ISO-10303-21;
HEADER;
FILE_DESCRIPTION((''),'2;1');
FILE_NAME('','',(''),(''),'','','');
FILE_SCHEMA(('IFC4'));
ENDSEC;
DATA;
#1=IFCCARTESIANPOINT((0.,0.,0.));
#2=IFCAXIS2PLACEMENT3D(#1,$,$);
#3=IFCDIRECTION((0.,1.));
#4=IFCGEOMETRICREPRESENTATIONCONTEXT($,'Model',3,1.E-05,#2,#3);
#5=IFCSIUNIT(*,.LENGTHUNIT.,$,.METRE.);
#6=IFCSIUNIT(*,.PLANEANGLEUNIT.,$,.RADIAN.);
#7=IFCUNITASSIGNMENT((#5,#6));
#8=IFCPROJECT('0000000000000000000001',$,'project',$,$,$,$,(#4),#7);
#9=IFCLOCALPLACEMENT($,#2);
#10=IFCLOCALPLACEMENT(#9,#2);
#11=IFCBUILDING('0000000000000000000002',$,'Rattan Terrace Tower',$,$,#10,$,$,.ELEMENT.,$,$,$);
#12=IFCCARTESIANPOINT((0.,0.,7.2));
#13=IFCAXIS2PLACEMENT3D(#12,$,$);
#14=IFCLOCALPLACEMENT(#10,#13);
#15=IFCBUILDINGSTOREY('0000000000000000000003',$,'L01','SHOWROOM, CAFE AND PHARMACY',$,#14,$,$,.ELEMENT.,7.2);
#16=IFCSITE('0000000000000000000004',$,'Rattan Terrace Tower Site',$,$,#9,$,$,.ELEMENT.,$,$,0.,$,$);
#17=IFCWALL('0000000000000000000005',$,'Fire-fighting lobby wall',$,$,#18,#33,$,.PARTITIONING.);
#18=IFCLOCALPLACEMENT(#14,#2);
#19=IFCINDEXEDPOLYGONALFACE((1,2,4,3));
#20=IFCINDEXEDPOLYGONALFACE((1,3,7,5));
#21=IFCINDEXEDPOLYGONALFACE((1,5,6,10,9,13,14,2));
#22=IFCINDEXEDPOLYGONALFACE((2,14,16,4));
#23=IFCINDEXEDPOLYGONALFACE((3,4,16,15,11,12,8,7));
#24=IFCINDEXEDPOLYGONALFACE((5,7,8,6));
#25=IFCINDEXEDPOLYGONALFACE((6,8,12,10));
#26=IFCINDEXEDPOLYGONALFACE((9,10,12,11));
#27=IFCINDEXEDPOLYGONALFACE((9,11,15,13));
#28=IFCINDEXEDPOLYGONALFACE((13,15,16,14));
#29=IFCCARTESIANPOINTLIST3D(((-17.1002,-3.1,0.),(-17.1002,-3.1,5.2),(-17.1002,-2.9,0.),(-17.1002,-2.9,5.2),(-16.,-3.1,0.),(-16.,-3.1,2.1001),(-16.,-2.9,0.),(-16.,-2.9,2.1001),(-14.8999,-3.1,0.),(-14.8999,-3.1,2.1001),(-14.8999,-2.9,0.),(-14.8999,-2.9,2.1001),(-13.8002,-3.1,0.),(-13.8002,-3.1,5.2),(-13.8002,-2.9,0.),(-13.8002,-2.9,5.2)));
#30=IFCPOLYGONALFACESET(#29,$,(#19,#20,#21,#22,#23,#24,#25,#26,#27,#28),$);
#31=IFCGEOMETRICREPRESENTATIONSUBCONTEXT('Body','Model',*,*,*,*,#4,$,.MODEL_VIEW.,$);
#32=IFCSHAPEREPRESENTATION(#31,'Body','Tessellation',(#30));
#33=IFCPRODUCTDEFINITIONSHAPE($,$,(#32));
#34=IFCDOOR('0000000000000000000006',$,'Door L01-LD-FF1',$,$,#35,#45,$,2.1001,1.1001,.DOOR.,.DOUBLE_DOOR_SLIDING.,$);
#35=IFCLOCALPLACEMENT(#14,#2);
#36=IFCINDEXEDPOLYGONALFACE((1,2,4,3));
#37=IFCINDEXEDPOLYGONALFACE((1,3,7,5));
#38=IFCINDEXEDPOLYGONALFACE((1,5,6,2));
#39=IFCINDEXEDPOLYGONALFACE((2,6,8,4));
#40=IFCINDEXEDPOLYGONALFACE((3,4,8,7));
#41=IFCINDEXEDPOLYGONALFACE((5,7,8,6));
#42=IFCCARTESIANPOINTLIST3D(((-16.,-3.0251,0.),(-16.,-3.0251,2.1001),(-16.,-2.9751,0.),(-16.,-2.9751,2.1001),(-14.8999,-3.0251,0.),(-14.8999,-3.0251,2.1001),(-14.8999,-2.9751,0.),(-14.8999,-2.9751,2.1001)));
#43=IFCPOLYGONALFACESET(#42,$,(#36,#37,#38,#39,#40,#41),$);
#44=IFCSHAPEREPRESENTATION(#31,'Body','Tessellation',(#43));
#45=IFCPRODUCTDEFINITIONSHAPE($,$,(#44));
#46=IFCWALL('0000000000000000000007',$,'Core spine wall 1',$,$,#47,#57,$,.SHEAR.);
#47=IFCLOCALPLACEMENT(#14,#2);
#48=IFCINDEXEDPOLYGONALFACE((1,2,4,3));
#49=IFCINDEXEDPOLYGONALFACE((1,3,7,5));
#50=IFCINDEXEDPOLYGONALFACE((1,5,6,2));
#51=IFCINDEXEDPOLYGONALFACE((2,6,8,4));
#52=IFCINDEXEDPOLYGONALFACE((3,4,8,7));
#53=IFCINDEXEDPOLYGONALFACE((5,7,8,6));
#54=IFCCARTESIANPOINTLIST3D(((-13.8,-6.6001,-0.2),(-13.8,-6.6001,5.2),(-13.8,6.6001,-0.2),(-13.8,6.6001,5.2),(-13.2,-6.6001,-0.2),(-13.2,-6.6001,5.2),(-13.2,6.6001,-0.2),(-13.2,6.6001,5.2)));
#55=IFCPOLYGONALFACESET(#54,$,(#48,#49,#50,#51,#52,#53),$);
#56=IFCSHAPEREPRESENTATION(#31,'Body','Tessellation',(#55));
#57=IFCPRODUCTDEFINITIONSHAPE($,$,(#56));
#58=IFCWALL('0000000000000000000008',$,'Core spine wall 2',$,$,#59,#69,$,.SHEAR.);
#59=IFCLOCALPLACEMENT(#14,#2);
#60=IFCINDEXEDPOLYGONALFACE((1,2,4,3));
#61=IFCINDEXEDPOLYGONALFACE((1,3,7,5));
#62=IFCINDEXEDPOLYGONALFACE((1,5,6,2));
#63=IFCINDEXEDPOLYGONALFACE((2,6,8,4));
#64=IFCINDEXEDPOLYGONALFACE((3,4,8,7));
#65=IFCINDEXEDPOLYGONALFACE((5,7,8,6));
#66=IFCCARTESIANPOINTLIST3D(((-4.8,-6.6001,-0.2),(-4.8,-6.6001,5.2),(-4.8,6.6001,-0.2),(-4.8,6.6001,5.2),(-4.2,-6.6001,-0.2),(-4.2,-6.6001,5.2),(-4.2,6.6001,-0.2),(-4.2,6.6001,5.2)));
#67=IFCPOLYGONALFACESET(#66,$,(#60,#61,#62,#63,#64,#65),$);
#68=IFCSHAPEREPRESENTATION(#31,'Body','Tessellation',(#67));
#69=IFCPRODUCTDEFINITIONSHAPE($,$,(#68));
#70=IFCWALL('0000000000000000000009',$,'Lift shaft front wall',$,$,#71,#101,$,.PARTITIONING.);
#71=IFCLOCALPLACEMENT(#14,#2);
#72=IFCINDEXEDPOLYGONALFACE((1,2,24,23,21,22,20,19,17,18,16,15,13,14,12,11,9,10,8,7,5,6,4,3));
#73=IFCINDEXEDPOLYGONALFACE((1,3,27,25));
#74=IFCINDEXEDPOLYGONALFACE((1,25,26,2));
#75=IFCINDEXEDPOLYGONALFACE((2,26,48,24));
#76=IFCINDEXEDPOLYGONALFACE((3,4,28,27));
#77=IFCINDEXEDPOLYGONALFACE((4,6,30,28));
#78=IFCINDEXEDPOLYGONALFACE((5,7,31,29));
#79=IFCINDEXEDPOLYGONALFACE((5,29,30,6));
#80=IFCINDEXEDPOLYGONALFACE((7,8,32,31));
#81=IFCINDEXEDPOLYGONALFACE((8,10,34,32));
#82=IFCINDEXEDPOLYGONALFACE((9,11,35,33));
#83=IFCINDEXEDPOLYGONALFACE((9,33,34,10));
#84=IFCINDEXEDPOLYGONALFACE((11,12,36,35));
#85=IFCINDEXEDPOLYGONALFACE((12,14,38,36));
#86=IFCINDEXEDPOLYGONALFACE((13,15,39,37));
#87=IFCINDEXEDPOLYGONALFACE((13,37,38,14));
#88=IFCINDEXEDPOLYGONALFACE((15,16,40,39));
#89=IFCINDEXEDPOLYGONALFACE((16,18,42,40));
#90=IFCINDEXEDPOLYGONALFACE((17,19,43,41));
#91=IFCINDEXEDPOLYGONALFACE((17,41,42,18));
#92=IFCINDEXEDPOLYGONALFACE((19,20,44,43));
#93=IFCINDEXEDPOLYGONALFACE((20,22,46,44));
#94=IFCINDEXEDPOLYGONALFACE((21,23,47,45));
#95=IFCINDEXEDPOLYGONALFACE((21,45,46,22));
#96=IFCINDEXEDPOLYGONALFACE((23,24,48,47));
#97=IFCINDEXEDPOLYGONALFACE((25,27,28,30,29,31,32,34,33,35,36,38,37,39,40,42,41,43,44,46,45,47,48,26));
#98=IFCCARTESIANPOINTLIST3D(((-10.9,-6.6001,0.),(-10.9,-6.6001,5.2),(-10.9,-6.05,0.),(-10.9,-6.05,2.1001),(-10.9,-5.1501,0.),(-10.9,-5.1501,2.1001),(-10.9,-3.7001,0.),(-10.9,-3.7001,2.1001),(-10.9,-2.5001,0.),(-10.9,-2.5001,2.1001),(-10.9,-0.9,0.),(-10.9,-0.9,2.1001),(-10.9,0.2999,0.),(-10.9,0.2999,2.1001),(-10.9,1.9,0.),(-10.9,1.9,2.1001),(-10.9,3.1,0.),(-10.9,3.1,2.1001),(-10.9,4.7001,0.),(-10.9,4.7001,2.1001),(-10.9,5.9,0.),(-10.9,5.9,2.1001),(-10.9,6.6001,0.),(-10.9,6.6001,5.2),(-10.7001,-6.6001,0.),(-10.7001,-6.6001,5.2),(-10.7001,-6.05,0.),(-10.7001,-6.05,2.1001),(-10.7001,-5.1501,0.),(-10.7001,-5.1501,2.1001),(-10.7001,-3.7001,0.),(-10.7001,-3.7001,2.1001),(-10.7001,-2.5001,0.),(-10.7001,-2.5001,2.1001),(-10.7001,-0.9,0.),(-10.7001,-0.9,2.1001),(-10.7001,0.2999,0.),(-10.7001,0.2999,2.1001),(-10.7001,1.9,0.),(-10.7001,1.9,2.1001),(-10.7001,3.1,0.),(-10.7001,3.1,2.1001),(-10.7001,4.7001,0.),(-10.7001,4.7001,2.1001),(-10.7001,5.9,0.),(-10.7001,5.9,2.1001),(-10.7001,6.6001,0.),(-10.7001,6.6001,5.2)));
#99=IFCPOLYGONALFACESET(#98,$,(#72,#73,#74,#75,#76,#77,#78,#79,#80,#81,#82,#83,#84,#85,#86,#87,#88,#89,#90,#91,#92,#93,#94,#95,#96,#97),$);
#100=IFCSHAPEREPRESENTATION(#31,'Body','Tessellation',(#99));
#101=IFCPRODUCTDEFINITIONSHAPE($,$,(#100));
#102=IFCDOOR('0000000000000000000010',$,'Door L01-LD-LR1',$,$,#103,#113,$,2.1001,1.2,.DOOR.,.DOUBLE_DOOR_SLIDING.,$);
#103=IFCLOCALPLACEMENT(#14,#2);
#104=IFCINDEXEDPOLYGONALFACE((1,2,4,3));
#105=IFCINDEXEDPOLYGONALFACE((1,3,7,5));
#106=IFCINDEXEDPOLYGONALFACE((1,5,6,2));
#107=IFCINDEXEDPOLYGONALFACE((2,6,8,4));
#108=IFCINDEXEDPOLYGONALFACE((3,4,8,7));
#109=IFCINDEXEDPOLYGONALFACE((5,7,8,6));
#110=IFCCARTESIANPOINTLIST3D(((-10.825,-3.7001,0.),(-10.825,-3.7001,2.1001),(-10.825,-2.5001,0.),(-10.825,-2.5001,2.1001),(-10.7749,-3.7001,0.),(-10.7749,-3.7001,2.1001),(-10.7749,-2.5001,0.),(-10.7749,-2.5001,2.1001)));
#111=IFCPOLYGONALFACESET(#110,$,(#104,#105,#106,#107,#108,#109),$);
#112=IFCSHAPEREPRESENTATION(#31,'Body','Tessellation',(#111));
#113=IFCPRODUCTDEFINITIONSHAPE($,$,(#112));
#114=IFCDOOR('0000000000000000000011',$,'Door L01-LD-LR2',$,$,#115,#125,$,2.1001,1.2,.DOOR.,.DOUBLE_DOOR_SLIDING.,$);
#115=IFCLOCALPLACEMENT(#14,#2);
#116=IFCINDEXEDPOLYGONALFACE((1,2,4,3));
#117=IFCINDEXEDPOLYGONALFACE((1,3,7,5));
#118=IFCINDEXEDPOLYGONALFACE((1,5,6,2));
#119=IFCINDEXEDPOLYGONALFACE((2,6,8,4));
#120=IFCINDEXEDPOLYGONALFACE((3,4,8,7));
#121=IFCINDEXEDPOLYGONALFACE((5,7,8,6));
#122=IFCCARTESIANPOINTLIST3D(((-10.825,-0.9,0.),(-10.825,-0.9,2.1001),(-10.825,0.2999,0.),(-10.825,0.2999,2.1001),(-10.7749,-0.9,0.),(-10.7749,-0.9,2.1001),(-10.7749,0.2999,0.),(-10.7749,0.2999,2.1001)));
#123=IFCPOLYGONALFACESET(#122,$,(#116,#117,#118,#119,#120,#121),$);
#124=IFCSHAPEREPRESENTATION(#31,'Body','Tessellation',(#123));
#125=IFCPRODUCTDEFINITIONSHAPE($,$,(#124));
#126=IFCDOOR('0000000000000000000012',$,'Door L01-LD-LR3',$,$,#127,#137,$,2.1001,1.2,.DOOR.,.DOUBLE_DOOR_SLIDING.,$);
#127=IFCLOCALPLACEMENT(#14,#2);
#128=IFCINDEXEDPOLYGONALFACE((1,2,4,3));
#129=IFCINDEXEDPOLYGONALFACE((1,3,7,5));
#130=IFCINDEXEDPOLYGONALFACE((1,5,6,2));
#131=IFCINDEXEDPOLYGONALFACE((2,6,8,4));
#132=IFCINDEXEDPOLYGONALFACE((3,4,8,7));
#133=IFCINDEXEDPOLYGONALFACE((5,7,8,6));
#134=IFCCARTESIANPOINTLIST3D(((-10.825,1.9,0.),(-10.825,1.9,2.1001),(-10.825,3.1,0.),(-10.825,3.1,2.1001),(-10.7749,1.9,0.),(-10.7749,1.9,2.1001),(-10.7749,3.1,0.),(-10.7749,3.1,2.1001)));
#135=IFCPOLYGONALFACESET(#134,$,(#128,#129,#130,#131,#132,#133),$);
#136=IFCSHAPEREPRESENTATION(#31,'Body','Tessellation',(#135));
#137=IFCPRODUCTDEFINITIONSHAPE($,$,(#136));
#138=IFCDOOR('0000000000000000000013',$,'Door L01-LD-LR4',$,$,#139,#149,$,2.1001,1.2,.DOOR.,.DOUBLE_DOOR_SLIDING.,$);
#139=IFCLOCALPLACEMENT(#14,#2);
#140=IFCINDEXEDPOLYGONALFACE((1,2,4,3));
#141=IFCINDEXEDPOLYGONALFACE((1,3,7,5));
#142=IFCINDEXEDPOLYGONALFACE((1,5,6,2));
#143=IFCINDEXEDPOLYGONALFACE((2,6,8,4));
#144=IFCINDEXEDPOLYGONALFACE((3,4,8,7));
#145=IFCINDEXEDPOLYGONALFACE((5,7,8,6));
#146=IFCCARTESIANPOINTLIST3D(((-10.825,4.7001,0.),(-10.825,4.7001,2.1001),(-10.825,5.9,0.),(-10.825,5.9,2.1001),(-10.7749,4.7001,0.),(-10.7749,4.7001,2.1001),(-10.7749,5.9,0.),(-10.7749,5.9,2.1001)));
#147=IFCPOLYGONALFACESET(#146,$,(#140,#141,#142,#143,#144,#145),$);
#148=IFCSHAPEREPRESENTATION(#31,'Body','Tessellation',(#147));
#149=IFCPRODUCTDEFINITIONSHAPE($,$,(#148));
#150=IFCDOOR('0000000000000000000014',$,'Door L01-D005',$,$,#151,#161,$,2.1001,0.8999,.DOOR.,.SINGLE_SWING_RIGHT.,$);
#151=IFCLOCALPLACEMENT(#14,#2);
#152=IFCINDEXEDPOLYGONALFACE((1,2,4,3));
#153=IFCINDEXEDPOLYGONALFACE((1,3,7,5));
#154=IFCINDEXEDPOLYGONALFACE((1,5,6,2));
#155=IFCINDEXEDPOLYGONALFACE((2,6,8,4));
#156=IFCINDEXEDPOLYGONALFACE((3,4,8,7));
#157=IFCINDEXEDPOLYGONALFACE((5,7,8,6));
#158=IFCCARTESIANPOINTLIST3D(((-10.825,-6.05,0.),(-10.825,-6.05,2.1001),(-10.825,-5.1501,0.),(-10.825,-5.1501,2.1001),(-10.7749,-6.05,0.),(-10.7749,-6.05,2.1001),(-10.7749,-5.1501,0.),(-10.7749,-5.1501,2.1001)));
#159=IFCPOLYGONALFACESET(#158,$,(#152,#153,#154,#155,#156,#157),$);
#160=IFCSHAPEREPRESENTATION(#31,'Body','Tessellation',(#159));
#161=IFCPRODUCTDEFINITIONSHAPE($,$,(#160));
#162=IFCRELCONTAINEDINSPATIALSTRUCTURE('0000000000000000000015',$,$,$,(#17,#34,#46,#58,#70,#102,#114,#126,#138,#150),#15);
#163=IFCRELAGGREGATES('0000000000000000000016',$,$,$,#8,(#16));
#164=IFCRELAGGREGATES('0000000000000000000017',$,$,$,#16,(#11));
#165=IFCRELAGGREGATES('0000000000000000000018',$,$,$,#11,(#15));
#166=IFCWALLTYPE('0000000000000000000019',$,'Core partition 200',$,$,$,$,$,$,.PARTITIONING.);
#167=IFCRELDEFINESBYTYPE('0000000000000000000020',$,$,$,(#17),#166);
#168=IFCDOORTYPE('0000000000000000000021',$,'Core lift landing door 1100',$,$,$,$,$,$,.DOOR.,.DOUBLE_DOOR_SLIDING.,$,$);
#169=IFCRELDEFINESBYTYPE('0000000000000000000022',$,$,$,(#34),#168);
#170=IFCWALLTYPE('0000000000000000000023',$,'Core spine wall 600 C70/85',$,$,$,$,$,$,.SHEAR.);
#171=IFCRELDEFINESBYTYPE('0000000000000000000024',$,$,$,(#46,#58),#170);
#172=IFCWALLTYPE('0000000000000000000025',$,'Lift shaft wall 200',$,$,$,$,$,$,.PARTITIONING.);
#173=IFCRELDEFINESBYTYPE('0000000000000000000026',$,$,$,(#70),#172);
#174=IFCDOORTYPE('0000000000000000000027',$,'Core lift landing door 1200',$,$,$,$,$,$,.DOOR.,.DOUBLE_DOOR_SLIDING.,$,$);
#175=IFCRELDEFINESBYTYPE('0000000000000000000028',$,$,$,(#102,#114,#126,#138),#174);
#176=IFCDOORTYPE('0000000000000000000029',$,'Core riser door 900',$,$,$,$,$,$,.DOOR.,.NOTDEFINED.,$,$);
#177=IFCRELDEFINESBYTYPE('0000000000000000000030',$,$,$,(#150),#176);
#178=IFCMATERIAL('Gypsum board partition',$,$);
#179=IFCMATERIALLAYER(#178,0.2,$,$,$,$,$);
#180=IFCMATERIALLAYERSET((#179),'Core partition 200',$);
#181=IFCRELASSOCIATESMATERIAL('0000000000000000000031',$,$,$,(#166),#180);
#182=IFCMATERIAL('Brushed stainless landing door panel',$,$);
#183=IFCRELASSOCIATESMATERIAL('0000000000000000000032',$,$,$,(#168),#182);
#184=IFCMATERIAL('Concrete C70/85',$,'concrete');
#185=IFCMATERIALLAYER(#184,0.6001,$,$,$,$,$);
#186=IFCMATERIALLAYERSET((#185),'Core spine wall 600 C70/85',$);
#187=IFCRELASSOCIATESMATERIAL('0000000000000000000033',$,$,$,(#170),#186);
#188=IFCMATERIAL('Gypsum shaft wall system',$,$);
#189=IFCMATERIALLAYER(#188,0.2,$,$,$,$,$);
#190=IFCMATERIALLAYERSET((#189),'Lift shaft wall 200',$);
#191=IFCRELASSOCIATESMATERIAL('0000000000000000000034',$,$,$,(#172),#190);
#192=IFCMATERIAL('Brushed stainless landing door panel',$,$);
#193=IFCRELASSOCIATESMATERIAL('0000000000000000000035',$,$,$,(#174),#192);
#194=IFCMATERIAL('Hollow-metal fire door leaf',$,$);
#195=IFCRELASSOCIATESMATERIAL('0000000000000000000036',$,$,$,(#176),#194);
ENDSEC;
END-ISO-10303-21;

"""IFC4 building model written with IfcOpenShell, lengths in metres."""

from ifc_helpers import new_model, si_unit, direction, frame, frame_2d, origin, place, context, subcontext, project, spatial, rectangle, extrude, material, layer, layer_set, type_object, element, fill, save


model = new_model("IFC4")

# Units and contexts
model_context = context("Model", 3, precision=1e-05, world=origin(), true_north=direction((0.0, 1.0)))
body_context = subcontext(model_context, "Body", "Model", "MODEL_VIEW")
ifc_project = project(units=[si_unit("LENGTHUNIT", "METRE"), si_unit("PLANEANGLEUNIT", "RADIAN")], contexts=[model_context])

# Site, building, storey
site_placement = place(None, origin())
site = spatial("IfcSite", under=ifc_project, at=site_placement, Name="Rattan Terrace Tower Site", CompositionType="ELEMENT", RefElevation=0.0)
building_placement = place(site_placement, origin())
building = spatial("IfcBuilding", under=site, at=building_placement, Name="Rattan Terrace Tower", CompositionType="ELEMENT")
storey_placement = place(building_placement, frame((0.0, 0.0, 7.2)))
storey = spatial("IfcBuildingStorey", under=building, at=storey_placement, Name="L01", Description="SHOWROOM, CAFE AND PHARMACY", CompositionType="ELEMENT", Elevation=7.2)

# Wall, opening, door
ifc_material_1 = material(Name="Gypsum board partition")
ifc_layer_1 = layer(ifc_material_1, 0.2)
ifc_layer_set_1 = layer_set([ifc_layer_1], Name="Core partition 200")
wall_type_1 = type_object("IfcWallType", Name="Core partition 200", PredefinedType="PARTITIONING", material=ifc_layer_set_1)
wall_1_placement = place(storey_placement, frame((-17.1001, -3.0, 0.0), z_axis=(0.0, 0.0, 1.0), x_axis=(1.0, 0.0, 0.0)))
wall_1 = element("IfcWall", 1, at=wall_1_placement, inside=storey, type_object=wall_type_1, Name="Fire-fighting lobby wall", PredefinedType="PARTITIONING", context=body_context, shape_type="SweptSolid", body=[
    extrude(rectangle(XDim=3.3, YDim=0.2, at=frame_2d((1.6499, 0.0))), origin(), (0.0, 0.0, 1.0), 5.2),
])
opening_1_placement = place(wall_1_placement, frame((1.1001, 0.0, 0.0)))
opening_1 = element("IfcOpeningElement", 2, at=opening_1_placement, cuts=wall_1, PredefinedType="OPENING", context=body_context, shape_type="SweptSolid", body=[
    extrude(rectangle(XDim=1.1001, YDim=2.1001, at=frame_2d((0.55, 1.05))), frame((0.0, 0.1106, 0.0), z_axis=(0.0, -1.0, 0.0), x_axis=(1.0, 0.0, 0.0)), (0.0, 0.0, 1.0), 0.2209),
])
ifc_material_2 = material(Name="Brushed stainless landing door panel")
door_type_1 = type_object("IfcDoorType", Name="Core lift landing door 1100", OperationType="DOUBLE_DOOR_SLIDING", PredefinedType="DOOR", material=ifc_material_2)
door_1_placement = place(opening_1_placement, origin())
door_1 = element("IfcDoor", 3, at=door_1_placement, inside=storey, type_object=door_type_1, Name="Door L01-LD-FF1", OperationType="DOUBLE_DOOR_SLIDING", OverallHeight=2.1001, OverallWidth=1.1001, PredefinedType="DOOR", context=body_context, shape_type="SweptSolid", body=[
    extrude(rectangle(XDim=1.1001, YDim=2.1001, at=frame_2d((0.55, 1.05))), frame((0.0, 0.0249, 0.0), z_axis=(0.0, -1.0, 0.0), x_axis=(1.0, 0.0, 0.0)), (0.0, 0.0, 1.0), 0.05),
])
fill(opening_1, door_1)

# Walls
ifc_material_3 = material(Name="Concrete C70/85", Category="concrete")
ifc_layer_2 = layer(ifc_material_3, 0.6001)
ifc_layer_set_2 = layer_set([ifc_layer_2], Name="Core spine wall 600 C70/85")
wall_type_2 = type_object("IfcWallType", Name="Core spine wall 600 C70/85", PredefinedType="SHEAR", material=ifc_layer_set_2)
for number, where, z_axis, x_axis, name in (
    (4, (-13.5, -6.6001, -0.2), (0.0, 0.0, 1.0), (0.0, 1.0, 0.0), "Core spine wall 1"),
    (5, (-4.5, -6.6001, -0.2), (0.0, 0.0, 1.0), (0.0, 1.0, 0.0), "Core spine wall 2"),
):
    element("IfcWall", number, at=place(storey_placement, frame(where, z_axis=z_axis, x_axis=x_axis)), inside=storey, type_object=wall_type_2, Name=name, PredefinedType="SHEAR", context=body_context, shape_type="SweptSolid", body=[
        extrude(rectangle(XDim=13.2002, YDim=0.6001, at=frame_2d((6.6001, 0.0))), origin(), (0.0, 0.0, 1.0), 5.3999),
    ])

# Wall, openings, doors
ifc_material_4 = material(Name="Gypsum shaft wall system")
ifc_layer_3 = layer(ifc_material_4, 0.2)
ifc_layer_set_3 = layer_set([ifc_layer_3], Name="Lift shaft wall 200")
wall_type_3 = type_object("IfcWallType", Name="Lift shaft wall 200", PredefinedType="PARTITIONING", material=ifc_layer_set_3)
wall_2_placement = place(storey_placement, frame((-10.8, -6.6001, 0.0), z_axis=(0.0, 0.0, 1.0), x_axis=(0.0, 1.0, 0.0)))
wall_2 = element("IfcWall", 6, at=wall_2_placement, inside=storey, type_object=wall_type_3, Name="Lift shaft front wall", PredefinedType="PARTITIONING", context=body_context, shape_type="SweptSolid", body=[
    extrude(rectangle(XDim=13.2002, YDim=0.2, at=frame_2d((6.6001, 0.0))), origin(), (0.0, 0.0, 1.0), 5.2),
])
opening_2_placement = place(wall_2_placement, frame((0.55, 0.0, 0.0)))
opening_2 = element("IfcOpeningElement", 7, at=opening_2_placement, cuts=wall_2, PredefinedType="OPENING", context=body_context, shape_type="SweptSolid", body=[
    extrude(rectangle(XDim=0.8999, YDim=2.1001, at=frame_2d((0.45, 1.05))), frame((0.0, 0.1106, 0.0), z_axis=(0.0, -1.0, 0.0), x_axis=(1.0, 0.0, 0.0)), (0.0, 0.0, 1.0), 0.2209),
])
opening_3_placement = place(wall_2_placement, frame((2.8999, 0.0, 0.0)))
opening_3 = element("IfcOpeningElement", 8, at=opening_3_placement, cuts=wall_2, PredefinedType="OPENING", context=body_context, shape_type="SweptSolid", body=[
    extrude(rectangle(XDim=1.2, YDim=2.1001, at=frame_2d((0.6001, 1.05))), frame((0.0, 0.1106, 0.0), z_axis=(0.0, -1.0, 0.0), x_axis=(1.0, 0.0, 0.0)), (0.0, 0.0, 1.0), 0.2209),
])
opening_4_placement = place(wall_2_placement, frame((5.7, 0.0, 0.0)))
opening_4 = element("IfcOpeningElement", 9, at=opening_4_placement, cuts=wall_2, PredefinedType="OPENING", context=body_context, shape_type="SweptSolid", body=[
    extrude(rectangle(XDim=1.2, YDim=2.1001, at=frame_2d((0.6001, 1.05))), frame((0.0, 0.1106, 0.0), z_axis=(0.0, -1.0, 0.0), x_axis=(1.0, 0.0, 0.0)), (0.0, 0.0, 1.0), 0.2209),
])
opening_5_placement = place(wall_2_placement, frame((8.5, 0.0, 0.0)))
opening_5 = element("IfcOpeningElement", 10, at=opening_5_placement, cuts=wall_2, PredefinedType="OPENING", context=body_context, shape_type="SweptSolid", body=[
    extrude(rectangle(XDim=1.2, YDim=2.1001, at=frame_2d((0.6001, 1.05))), frame((0.0, 0.1106, 0.0), z_axis=(0.0, -1.0, 0.0), x_axis=(1.0, 0.0, 0.0)), (0.0, 0.0, 1.0), 0.2209),
])
opening_6_placement = place(wall_2_placement, frame((11.3, 0.0, 0.0)))
opening_6 = element("IfcOpeningElement", 11, at=opening_6_placement, cuts=wall_2, PredefinedType="OPENING", context=body_context, shape_type="SweptSolid", body=[
    extrude(rectangle(XDim=1.2, YDim=2.1001, at=frame_2d((0.6001, 1.05))), frame((0.0, 0.1106, 0.0), z_axis=(0.0, -1.0, 0.0), x_axis=(1.0, 0.0, 0.0)), (0.0, 0.0, 1.0), 0.2209),
])
ifc_material_5 = material(Name="Brushed stainless landing door panel")
door_type_2 = type_object("IfcDoorType", Name="Core lift landing door 1200", OperationType="DOUBLE_DOOR_SLIDING", PredefinedType="DOOR", material=ifc_material_5)
door_2_placement = place(opening_3_placement, origin())
door_2 = element("IfcDoor", 12, at=door_2_placement, inside=storey, type_object=door_type_2, Name="Door L01-LD-LR1", OperationType="DOUBLE_DOOR_SLIDING", OverallHeight=2.1001, OverallWidth=1.2, PredefinedType="DOOR", context=body_context, shape_type="SweptSolid", body=[
    extrude(rectangle(XDim=1.2, YDim=2.1001, at=frame_2d((0.6001, 1.05))), frame((0.0, 0.0249, 0.0), z_axis=(0.0, -1.0, 0.0), x_axis=(1.0, 0.0, 0.0)), (0.0, 0.0, 1.0), 0.05),
])
fill(opening_3, door_2)
door_3_placement = place(opening_4_placement, origin())
door_3 = element("IfcDoor", 13, at=door_3_placement, inside=storey, type_object=door_type_2, Name="Door L01-LD-LR2", OperationType="DOUBLE_DOOR_SLIDING", OverallHeight=2.1001, OverallWidth=1.2, PredefinedType="DOOR", context=body_context, shape_type="SweptSolid", body=[
    extrude(rectangle(XDim=1.2, YDim=2.1001, at=frame_2d((0.6001, 1.05))), frame((0.0, 0.0249, 0.0), z_axis=(0.0, -1.0, 0.0), x_axis=(1.0, 0.0, 0.0)), (0.0, 0.0, 1.0), 0.05),
])
fill(opening_4, door_3)
door_4_placement = place(opening_5_placement, origin())
door_4 = element("IfcDoor", 14, at=door_4_placement, inside=storey, type_object=door_type_2, Name="Door L01-LD-LR3", OperationType="DOUBLE_DOOR_SLIDING", OverallHeight=2.1001, OverallWidth=1.2, PredefinedType="DOOR", context=body_context, shape_type="SweptSolid", body=[
    extrude(rectangle(XDim=1.2, YDim=2.1001, at=frame_2d((0.6001, 1.05))), frame((0.0, 0.0249, 0.0), z_axis=(0.0, -1.0, 0.0), x_axis=(1.0, 0.0, 0.0)), (0.0, 0.0, 1.0), 0.05),
])
fill(opening_5, door_4)
door_5_placement = place(opening_6_placement, origin())
door_5 = element("IfcDoor", 15, at=door_5_placement, inside=storey, type_object=door_type_2, Name="Door L01-LD-LR4", OperationType="DOUBLE_DOOR_SLIDING", OverallHeight=2.1001, OverallWidth=1.2, PredefinedType="DOOR", context=body_context, shape_type="SweptSolid", body=[
    extrude(rectangle(XDim=1.2, YDim=2.1001, at=frame_2d((0.6001, 1.05))), frame((0.0, 0.0249, 0.0), z_axis=(0.0, -1.0, 0.0), x_axis=(1.0, 0.0, 0.0)), (0.0, 0.0, 1.0), 0.05),
])
fill(opening_6, door_5)
ifc_material_6 = material(Name="Hollow-metal fire door leaf")
door_type_3 = type_object("IfcDoorType", Name="Core riser door 900", OperationType="NOTDEFINED", PredefinedType="DOOR", material=ifc_material_6)
door_6_placement = place(opening_2_placement, origin())
door_6 = element("IfcDoor", 16, at=door_6_placement, inside=storey, type_object=door_type_3, Name="Door L01-D005", OperationType="SINGLE_SWING_RIGHT", OverallHeight=2.1001, OverallWidth=0.8999, PredefinedType="DOOR", context=body_context, shape_type="SweptSolid", body=[
    extrude(rectangle(XDim=0.8999, YDim=2.1001, at=frame_2d((0.45, 1.05))), frame((0.0, 0.0249, 0.0), z_axis=(0.0, -1.0, 0.0), x_axis=(1.0, 0.0, 0.0)), (0.0, 0.0, 1.0), 0.05),
])
fill(opening_2, door_6)

save(model, "model.ifc")
